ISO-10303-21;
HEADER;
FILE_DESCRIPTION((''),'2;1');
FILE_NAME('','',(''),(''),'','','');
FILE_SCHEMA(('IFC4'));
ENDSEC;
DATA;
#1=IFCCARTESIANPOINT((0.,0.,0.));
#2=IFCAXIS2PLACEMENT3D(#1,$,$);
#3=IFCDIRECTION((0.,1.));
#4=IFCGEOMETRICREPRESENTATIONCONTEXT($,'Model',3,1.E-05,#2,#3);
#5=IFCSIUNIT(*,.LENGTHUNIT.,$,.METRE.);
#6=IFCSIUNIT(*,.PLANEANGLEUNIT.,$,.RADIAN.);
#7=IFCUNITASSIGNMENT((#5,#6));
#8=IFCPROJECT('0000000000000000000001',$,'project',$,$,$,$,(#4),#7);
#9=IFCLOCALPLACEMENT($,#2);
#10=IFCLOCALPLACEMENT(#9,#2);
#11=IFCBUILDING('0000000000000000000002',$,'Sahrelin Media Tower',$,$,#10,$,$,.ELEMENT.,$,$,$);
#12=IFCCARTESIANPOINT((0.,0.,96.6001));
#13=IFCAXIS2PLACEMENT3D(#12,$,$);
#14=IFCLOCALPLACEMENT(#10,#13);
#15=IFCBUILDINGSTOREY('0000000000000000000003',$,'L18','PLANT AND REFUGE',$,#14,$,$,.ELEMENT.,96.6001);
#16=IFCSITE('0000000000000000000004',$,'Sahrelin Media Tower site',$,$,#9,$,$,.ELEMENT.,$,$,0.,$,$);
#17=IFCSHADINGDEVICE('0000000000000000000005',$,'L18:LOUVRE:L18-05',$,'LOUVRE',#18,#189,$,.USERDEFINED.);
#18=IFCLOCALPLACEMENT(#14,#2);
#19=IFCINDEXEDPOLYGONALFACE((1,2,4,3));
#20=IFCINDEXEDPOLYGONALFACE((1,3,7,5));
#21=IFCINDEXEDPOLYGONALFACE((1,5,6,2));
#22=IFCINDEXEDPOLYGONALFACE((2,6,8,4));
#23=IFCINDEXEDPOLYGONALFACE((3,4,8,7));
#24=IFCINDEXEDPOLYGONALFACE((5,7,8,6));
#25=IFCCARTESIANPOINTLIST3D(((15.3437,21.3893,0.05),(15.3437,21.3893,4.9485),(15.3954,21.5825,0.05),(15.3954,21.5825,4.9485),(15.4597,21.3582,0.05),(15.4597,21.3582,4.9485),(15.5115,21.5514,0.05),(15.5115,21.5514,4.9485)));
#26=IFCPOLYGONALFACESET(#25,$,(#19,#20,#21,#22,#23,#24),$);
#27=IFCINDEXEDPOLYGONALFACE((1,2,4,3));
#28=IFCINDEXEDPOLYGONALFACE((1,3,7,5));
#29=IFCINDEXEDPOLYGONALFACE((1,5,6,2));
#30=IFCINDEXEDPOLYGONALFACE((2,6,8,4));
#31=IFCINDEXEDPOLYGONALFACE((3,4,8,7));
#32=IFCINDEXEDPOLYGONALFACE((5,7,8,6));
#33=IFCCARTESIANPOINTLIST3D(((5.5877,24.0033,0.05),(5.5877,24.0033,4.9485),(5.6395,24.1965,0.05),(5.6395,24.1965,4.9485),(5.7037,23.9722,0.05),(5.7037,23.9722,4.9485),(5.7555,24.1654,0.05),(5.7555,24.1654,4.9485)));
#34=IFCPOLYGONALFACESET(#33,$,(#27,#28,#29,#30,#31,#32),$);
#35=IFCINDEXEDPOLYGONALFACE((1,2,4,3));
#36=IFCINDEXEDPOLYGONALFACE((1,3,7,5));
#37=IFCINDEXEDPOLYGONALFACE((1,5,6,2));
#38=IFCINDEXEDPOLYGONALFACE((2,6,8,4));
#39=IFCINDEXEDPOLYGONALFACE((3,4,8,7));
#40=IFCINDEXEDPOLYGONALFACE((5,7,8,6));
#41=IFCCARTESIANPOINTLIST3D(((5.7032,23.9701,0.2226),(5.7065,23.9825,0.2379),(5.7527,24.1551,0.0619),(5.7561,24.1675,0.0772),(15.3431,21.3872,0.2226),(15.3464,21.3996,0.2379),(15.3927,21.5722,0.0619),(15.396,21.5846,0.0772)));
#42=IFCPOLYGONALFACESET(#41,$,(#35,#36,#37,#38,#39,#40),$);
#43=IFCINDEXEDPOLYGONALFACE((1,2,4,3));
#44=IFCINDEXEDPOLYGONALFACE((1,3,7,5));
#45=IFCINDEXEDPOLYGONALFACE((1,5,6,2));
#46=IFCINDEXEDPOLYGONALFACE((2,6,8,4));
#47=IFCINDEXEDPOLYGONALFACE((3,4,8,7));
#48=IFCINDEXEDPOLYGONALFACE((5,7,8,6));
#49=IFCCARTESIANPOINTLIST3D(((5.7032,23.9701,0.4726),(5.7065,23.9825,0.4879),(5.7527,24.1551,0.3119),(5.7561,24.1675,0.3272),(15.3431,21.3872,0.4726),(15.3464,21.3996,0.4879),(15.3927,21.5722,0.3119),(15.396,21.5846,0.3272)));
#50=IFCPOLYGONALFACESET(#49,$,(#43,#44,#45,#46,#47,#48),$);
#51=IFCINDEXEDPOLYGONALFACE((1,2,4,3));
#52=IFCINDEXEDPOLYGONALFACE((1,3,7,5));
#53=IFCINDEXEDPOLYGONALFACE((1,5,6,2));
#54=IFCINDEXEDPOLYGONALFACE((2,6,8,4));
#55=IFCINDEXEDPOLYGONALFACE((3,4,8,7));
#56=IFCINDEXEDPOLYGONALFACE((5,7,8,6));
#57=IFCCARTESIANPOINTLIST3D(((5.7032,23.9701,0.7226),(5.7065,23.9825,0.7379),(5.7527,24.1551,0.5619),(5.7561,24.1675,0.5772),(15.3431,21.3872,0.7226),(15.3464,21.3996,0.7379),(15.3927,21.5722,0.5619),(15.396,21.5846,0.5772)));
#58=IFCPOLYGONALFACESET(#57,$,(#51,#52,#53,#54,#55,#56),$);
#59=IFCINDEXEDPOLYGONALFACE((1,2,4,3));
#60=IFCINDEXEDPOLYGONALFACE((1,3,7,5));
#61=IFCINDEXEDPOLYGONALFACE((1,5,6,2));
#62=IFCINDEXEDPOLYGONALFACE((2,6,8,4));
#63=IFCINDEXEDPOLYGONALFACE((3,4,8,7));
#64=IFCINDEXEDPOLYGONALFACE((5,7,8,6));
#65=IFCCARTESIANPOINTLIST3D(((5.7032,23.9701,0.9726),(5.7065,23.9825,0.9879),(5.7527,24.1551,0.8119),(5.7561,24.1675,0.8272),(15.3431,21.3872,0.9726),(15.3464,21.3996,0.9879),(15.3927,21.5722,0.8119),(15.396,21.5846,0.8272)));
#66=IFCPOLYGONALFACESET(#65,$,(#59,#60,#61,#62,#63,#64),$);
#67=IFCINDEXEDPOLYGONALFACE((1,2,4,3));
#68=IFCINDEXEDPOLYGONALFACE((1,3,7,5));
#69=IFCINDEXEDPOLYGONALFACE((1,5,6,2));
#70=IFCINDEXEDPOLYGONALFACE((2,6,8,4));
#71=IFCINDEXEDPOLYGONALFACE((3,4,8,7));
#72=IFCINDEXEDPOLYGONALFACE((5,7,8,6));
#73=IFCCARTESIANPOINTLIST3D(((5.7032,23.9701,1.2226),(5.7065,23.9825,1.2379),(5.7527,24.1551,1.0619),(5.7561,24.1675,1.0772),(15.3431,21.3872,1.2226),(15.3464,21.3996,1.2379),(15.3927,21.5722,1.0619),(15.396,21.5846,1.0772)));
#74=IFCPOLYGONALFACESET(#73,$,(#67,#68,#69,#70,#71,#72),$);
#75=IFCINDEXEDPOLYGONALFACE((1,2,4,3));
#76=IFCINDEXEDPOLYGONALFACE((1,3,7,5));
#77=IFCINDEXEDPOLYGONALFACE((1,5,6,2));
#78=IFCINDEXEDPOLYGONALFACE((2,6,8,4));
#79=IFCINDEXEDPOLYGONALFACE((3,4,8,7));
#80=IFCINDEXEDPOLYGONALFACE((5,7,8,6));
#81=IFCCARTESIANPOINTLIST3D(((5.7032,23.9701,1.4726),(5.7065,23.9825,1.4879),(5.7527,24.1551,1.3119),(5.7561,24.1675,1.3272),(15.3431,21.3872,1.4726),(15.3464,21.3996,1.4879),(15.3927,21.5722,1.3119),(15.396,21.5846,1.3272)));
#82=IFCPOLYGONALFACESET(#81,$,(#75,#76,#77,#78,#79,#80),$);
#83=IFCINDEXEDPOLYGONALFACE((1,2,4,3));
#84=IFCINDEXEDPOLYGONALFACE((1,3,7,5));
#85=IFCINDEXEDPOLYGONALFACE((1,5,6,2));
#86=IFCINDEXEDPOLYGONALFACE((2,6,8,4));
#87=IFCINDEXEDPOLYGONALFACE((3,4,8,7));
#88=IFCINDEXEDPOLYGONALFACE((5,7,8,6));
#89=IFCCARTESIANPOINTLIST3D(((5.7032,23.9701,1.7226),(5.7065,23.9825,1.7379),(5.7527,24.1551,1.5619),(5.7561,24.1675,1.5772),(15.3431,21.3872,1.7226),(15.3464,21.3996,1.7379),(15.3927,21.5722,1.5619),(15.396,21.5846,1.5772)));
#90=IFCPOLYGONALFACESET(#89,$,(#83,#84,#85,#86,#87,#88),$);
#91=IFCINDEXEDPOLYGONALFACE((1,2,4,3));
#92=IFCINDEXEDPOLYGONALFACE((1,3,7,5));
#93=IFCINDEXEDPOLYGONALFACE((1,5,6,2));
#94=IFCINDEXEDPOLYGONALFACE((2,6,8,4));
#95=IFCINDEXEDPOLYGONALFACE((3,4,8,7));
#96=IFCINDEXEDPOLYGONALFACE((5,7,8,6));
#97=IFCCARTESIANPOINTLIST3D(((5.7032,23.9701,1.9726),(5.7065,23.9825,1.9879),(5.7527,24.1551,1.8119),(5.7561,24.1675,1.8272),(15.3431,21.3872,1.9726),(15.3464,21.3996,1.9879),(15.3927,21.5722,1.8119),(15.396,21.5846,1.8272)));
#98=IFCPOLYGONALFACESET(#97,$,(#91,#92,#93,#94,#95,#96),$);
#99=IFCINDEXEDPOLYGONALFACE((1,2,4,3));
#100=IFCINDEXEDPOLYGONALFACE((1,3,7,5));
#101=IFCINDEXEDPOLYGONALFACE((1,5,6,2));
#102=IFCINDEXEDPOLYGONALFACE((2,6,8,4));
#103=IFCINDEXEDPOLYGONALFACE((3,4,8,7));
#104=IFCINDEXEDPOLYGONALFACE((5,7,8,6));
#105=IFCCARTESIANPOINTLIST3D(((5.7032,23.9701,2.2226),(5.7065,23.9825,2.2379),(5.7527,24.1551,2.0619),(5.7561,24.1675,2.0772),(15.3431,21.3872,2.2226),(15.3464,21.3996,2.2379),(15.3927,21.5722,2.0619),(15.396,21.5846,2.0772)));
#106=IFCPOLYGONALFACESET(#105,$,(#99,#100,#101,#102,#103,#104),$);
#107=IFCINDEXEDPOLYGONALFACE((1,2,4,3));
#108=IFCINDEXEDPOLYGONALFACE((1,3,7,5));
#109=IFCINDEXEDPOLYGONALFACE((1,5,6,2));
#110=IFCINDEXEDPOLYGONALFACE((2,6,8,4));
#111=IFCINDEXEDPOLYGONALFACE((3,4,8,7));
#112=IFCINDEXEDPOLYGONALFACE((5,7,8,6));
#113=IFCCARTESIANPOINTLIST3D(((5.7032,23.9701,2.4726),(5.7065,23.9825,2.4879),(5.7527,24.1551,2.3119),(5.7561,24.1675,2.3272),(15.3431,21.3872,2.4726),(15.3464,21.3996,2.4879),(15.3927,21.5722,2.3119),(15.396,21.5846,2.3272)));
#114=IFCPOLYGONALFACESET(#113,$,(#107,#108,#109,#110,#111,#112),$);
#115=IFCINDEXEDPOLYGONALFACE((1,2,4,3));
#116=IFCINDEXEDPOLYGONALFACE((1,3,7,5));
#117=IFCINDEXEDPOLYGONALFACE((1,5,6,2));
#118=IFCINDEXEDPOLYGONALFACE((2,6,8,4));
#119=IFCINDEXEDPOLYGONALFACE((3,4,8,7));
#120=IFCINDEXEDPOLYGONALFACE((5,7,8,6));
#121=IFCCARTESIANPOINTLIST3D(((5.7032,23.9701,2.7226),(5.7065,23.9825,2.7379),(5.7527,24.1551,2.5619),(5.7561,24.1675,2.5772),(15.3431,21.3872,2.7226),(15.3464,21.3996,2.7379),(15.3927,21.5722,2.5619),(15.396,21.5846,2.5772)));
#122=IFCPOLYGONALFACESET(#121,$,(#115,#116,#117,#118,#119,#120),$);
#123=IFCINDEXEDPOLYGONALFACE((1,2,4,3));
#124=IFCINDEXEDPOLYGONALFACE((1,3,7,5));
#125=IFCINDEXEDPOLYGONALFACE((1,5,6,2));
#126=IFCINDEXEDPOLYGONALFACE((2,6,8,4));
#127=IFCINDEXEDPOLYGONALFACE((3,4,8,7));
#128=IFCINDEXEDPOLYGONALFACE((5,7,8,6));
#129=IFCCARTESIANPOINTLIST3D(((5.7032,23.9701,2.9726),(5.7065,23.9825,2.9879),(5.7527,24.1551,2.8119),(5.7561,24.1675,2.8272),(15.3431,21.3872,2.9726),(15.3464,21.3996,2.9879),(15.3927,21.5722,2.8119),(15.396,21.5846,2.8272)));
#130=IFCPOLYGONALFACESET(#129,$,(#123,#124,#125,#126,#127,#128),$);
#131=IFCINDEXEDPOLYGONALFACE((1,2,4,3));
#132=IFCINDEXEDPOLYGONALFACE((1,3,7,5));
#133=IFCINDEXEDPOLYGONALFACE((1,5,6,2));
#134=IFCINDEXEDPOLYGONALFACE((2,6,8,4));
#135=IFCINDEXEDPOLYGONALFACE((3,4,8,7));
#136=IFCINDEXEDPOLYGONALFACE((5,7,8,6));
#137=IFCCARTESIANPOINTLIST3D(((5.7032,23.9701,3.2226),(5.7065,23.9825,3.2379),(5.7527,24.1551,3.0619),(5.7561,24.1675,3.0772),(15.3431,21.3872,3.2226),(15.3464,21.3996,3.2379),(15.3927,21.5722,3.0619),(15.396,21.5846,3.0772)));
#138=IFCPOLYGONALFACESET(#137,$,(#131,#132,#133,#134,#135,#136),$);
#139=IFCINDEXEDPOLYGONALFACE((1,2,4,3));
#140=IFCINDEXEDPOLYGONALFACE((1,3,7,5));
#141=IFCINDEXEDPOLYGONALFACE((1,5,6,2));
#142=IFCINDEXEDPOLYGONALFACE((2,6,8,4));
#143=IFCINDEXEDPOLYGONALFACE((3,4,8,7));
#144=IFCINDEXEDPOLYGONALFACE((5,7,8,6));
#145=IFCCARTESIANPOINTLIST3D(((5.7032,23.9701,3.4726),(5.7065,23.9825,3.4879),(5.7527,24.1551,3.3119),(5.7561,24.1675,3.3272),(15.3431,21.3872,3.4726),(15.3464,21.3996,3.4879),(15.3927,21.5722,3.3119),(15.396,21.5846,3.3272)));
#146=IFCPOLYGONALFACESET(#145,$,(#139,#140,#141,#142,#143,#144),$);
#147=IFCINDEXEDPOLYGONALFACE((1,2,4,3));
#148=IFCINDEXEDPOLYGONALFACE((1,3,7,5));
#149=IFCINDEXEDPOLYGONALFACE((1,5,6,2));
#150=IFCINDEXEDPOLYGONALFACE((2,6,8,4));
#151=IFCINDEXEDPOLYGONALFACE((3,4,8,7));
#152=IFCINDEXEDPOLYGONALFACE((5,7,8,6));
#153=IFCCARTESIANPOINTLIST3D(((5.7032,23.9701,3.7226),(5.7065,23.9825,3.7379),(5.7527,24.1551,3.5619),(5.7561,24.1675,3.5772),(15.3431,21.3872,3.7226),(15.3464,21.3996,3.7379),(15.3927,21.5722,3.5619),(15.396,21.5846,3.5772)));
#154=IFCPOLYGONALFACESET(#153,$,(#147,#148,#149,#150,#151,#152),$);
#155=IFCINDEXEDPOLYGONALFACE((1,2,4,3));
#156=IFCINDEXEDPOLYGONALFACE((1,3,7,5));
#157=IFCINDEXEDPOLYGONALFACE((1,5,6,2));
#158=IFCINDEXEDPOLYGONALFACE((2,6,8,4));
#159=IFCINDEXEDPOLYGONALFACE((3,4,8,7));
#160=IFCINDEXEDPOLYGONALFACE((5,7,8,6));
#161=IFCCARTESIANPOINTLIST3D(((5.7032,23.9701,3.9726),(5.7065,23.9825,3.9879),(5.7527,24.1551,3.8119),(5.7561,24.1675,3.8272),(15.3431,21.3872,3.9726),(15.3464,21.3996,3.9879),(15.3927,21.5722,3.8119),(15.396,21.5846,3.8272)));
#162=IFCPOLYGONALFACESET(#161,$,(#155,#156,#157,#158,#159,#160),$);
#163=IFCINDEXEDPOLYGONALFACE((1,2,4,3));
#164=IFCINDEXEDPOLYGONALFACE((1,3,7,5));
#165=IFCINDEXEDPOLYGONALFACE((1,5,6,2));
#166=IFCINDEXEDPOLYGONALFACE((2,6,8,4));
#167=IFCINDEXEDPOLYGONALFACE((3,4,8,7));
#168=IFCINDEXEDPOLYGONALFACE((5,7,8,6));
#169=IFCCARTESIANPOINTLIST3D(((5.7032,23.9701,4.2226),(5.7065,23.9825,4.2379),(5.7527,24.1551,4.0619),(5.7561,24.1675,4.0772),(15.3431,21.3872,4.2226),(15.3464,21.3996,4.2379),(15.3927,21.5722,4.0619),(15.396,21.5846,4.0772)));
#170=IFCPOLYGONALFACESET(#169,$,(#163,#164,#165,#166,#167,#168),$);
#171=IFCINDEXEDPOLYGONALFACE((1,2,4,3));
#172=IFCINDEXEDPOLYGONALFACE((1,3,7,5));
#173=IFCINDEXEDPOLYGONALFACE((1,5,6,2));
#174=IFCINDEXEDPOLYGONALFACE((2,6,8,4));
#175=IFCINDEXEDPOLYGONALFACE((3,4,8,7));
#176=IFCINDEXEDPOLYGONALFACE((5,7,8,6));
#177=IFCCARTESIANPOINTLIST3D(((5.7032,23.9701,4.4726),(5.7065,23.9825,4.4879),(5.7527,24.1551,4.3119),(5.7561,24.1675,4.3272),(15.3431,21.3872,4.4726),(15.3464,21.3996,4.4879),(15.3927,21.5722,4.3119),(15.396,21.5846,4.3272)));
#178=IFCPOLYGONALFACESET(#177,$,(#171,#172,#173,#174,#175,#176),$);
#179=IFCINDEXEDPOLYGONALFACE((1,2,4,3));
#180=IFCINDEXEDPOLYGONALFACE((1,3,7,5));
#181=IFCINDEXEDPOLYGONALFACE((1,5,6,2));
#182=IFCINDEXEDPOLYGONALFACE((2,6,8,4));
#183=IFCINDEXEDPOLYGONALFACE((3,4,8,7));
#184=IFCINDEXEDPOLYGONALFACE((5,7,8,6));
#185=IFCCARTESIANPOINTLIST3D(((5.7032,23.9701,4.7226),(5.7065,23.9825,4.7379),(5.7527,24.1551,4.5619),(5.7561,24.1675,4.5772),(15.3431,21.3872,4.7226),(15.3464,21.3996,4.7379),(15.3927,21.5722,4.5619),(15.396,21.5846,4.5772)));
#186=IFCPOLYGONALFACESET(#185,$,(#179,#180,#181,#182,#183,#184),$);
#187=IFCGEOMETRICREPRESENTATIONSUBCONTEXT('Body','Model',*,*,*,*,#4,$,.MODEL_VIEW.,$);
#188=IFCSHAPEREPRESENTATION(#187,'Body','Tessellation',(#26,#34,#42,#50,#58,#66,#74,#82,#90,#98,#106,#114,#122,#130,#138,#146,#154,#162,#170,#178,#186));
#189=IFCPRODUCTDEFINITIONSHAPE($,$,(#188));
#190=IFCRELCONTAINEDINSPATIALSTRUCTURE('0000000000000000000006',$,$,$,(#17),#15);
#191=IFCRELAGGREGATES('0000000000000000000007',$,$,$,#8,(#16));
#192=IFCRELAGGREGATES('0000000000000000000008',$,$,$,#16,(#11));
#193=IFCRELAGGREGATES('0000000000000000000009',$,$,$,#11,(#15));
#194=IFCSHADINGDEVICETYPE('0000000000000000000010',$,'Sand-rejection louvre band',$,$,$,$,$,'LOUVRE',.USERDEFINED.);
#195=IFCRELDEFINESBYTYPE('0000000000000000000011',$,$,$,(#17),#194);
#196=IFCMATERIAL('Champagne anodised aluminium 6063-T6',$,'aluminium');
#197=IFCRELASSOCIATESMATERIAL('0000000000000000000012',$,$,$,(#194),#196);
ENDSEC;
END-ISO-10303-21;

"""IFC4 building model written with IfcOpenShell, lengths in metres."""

from ifc_helpers import new_model, si_unit, direction, frame, origin, origin_2d, place, context, subcontext, project, spatial, rectangle, extrude, material, type_object, element, save


model = new_model("IFC4")

# Units and contexts
model_context = context("Model", 3, precision=1e-05, world=origin(), true_north=direction((0.0, 1.0)))
body_context = subcontext(model_context, "Body", "Model", "MODEL_VIEW")
ifc_project = project(units=[si_unit("LENGTHUNIT", "METRE"), si_unit("PLANEANGLEUNIT", "RADIAN")], contexts=[model_context])

# Site, building, storey
site_placement = place(None, origin())
site = spatial("IfcSite", under=ifc_project, at=site_placement, Name="Sahrelin Media Tower site", CompositionType="ELEMENT", RefElevation=0.0)
building_placement = place(site_placement, origin())
building = spatial("IfcBuilding", under=site, at=building_placement, Name="Sahrelin Media Tower", CompositionType="ELEMENT")
storey_placement = place(building_placement, frame((0.0, 0.0, 96.6001)))
storey = spatial("IfcBuildingStorey", under=building, at=storey_placement, Name="L18", Description="PLANT AND REFUGE", CompositionType="ELEMENT", Elevation=96.6001)

# Shading device
ifc_material_1 = material(Name="Champagne anodised aluminium 6063-T6", Category="aluminium")
shading_device_type = type_object("IfcShadingDeviceType", Name="Sand-rejection louvre band", ElementType="LOUVRE", PredefinedType="USERDEFINED", material=ifc_material_1)
shading_device_placement = place(storey_placement, frame((10.5237, 22.6807, 0.0), z_axis=(0.0, 0.0, 1.0), x_axis=(0.965929, -0.258808, 0.0)))
element("IfcShadingDevice", 1, at=shading_device_placement, inside=storey, type_object=shading_device_type, Name="L18:LOUVRE:L18-05", ObjectType="LOUVRE", PredefinedType="USERDEFINED", context=body_context, shape_type="SweptSolid", body=[
    extrude(rectangle(XDim=0.1201, YDim=0.2, at=origin_2d()), frame((5.05, 0.1001, 0.05), z_axis=(0.0, 0.0, 1.0), x_axis=(1.0, 0.0, 0.0)), (0.0, 0.0, 1.0), 4.8984),
    extrude(rectangle(XDim=0.1201, YDim=0.2, at=origin_2d()), frame((-5.05, 0.1001, 0.05), z_axis=(0.0, 0.0, 1.0), x_axis=(1.0, 0.0, 0.0)), (0.0, 0.0, 1.0), 4.8984),
    extrude(rectangle(XDim=0.25, YDim=0.02, at=origin_2d()), frame((4.99, 0.1001, 0.1499), z_axis=(-1.0, 0.0, 0.0), x_axis=(0.0, -0.766044, 0.642788)), (0.0, 0.0, 1.0), 9.98),
    extrude(rectangle(XDim=0.25, YDim=0.02, at=origin_2d()), frame((4.99, 0.1001, 0.3999), z_axis=(-1.0, 0.0, 0.0), x_axis=(0.0, -0.766044, 0.642788)), (0.0, 0.0, 1.0), 9.98),
    extrude(rectangle(XDim=0.25, YDim=0.02, at=origin_2d()), frame((4.99, 0.1001, 0.6499), z_axis=(-1.0, 0.0, 0.0), x_axis=(0.0, -0.766044, 0.642788)), (0.0, 0.0, 1.0), 9.98),
    extrude(rectangle(XDim=0.25, YDim=0.02, at=origin_2d()), frame((4.99, 0.1001, 0.8999), z_axis=(-1.0, 0.0, 0.0), x_axis=(0.0, -0.766044, 0.642788)), (0.0, 0.0, 1.0), 9.98),
    extrude(rectangle(XDim=0.25, YDim=0.02, at=origin_2d()), frame((4.99, 0.1001, 1.1499), z_axis=(-1.0, 0.0, 0.0), x_axis=(0.0, -0.766044, 0.642788)), (0.0, 0.0, 1.0), 9.98),
    extrude(rectangle(XDim=0.25, YDim=0.02, at=origin_2d()), frame((4.99, 0.1001, 1.3999), z_axis=(-1.0, 0.0, 0.0), x_axis=(0.0, -0.766044, 0.642788)), (0.0, 0.0, 1.0), 9.98),
    extrude(rectangle(XDim=0.25, YDim=0.02, at=origin_2d()), frame((4.99, 0.1001, 1.6499), z_axis=(-1.0, 0.0, 0.0), x_axis=(0.0, -0.766044, 0.642788)), (0.0, 0.0, 1.0), 9.98),
    extrude(rectangle(XDim=0.25, YDim=0.02, at=origin_2d()), frame((4.99, 0.1001, 1.8999), z_axis=(-1.0, 0.0, 0.0), x_axis=(0.0, -0.766044, 0.642788)), (0.0, 0.0, 1.0), 9.98),
    extrude(rectangle(XDim=0.25, YDim=0.02, at=origin_2d()), frame((4.99, 0.1001, 2.1499), z_axis=(-1.0, 0.0, 0.0), x_axis=(0.0, -0.766044, 0.642788)), (0.0, 0.0, 1.0), 9.98),
    extrude(rectangle(XDim=0.25, YDim=0.02, at=origin_2d()), frame((4.99, 0.1001, 2.3999), z_axis=(-1.0, 0.0, 0.0), x_axis=(0.0, -0.766044, 0.642788)), (0.0, 0.0, 1.0), 9.98),
    extrude(rectangle(XDim=0.25, YDim=0.02, at=origin_2d()), frame((4.99, 0.1001, 2.6499), z_axis=(-1.0, 0.0, 0.0), x_axis=(0.0, -0.766044, 0.642788)), (0.0, 0.0, 1.0), 9.98),
    extrude(rectangle(XDim=0.25, YDim=0.02, at=origin_2d()), frame((4.99, 0.1001, 2.8999), z_axis=(-1.0, 0.0, 0.0), x_axis=(0.0, -0.766044, 0.642788)), (0.0, 0.0, 1.0), 9.98),
    extrude(rectangle(XDim=0.25, YDim=0.02, at=origin_2d()), frame((4.99, 0.1001, 3.1499), z_axis=(-1.0, 0.0, 0.0), x_axis=(0.0, -0.766044, 0.642788)), (0.0, 0.0, 1.0), 9.98),
    extrude(rectangle(XDim=0.25, YDim=0.02, at=origin_2d()), frame((4.99, 0.1001, 3.3999), z_axis=(-1.0, 0.0, 0.0), x_axis=(0.0, -0.766044, 0.642788)), (0.0, 0.0, 1.0), 9.98),
    extrude(rectangle(XDim=0.25, YDim=0.02, at=origin_2d()), frame((4.99, 0.1001, 3.6499), z_axis=(-1.0, 0.0, 0.0), x_axis=(0.0, -0.766044, 0.642788)), (0.0, 0.0, 1.0), 9.98),
    extrude(rectangle(XDim=0.25, YDim=0.02, at=origin_2d()), frame((4.99, 0.1001, 3.8999), z_axis=(-1.0, 0.0, 0.0), x_axis=(0.0, -0.766044, 0.642788)), (0.0, 0.0, 1.0), 9.98),
    extrude(rectangle(XDim=0.25, YDim=0.02, at=origin_2d()), frame((4.99, 0.1001, 4.1499), z_axis=(-1.0, 0.0, 0.0), x_axis=(0.0, -0.766044, 0.642788)), (0.0, 0.0, 1.0), 9.98),
    extrude(rectangle(XDim=0.25, YDim=0.02, at=origin_2d()), frame((4.99, 0.1001, 4.3999), z_axis=(-1.0, 0.0, 0.0), x_axis=(0.0, -0.766044, 0.642788)), (0.0, 0.0, 1.0), 9.98),
    extrude(rectangle(XDim=0.25, YDim=0.02, at=origin_2d()), frame((4.99, 0.1001, 4.6499), z_axis=(-1.0, 0.0, 0.0), x_axis=(0.0, -0.766044, 0.642788)), (0.0, 0.0, 1.0), 9.98),
])

save(model, "model.ifc")
